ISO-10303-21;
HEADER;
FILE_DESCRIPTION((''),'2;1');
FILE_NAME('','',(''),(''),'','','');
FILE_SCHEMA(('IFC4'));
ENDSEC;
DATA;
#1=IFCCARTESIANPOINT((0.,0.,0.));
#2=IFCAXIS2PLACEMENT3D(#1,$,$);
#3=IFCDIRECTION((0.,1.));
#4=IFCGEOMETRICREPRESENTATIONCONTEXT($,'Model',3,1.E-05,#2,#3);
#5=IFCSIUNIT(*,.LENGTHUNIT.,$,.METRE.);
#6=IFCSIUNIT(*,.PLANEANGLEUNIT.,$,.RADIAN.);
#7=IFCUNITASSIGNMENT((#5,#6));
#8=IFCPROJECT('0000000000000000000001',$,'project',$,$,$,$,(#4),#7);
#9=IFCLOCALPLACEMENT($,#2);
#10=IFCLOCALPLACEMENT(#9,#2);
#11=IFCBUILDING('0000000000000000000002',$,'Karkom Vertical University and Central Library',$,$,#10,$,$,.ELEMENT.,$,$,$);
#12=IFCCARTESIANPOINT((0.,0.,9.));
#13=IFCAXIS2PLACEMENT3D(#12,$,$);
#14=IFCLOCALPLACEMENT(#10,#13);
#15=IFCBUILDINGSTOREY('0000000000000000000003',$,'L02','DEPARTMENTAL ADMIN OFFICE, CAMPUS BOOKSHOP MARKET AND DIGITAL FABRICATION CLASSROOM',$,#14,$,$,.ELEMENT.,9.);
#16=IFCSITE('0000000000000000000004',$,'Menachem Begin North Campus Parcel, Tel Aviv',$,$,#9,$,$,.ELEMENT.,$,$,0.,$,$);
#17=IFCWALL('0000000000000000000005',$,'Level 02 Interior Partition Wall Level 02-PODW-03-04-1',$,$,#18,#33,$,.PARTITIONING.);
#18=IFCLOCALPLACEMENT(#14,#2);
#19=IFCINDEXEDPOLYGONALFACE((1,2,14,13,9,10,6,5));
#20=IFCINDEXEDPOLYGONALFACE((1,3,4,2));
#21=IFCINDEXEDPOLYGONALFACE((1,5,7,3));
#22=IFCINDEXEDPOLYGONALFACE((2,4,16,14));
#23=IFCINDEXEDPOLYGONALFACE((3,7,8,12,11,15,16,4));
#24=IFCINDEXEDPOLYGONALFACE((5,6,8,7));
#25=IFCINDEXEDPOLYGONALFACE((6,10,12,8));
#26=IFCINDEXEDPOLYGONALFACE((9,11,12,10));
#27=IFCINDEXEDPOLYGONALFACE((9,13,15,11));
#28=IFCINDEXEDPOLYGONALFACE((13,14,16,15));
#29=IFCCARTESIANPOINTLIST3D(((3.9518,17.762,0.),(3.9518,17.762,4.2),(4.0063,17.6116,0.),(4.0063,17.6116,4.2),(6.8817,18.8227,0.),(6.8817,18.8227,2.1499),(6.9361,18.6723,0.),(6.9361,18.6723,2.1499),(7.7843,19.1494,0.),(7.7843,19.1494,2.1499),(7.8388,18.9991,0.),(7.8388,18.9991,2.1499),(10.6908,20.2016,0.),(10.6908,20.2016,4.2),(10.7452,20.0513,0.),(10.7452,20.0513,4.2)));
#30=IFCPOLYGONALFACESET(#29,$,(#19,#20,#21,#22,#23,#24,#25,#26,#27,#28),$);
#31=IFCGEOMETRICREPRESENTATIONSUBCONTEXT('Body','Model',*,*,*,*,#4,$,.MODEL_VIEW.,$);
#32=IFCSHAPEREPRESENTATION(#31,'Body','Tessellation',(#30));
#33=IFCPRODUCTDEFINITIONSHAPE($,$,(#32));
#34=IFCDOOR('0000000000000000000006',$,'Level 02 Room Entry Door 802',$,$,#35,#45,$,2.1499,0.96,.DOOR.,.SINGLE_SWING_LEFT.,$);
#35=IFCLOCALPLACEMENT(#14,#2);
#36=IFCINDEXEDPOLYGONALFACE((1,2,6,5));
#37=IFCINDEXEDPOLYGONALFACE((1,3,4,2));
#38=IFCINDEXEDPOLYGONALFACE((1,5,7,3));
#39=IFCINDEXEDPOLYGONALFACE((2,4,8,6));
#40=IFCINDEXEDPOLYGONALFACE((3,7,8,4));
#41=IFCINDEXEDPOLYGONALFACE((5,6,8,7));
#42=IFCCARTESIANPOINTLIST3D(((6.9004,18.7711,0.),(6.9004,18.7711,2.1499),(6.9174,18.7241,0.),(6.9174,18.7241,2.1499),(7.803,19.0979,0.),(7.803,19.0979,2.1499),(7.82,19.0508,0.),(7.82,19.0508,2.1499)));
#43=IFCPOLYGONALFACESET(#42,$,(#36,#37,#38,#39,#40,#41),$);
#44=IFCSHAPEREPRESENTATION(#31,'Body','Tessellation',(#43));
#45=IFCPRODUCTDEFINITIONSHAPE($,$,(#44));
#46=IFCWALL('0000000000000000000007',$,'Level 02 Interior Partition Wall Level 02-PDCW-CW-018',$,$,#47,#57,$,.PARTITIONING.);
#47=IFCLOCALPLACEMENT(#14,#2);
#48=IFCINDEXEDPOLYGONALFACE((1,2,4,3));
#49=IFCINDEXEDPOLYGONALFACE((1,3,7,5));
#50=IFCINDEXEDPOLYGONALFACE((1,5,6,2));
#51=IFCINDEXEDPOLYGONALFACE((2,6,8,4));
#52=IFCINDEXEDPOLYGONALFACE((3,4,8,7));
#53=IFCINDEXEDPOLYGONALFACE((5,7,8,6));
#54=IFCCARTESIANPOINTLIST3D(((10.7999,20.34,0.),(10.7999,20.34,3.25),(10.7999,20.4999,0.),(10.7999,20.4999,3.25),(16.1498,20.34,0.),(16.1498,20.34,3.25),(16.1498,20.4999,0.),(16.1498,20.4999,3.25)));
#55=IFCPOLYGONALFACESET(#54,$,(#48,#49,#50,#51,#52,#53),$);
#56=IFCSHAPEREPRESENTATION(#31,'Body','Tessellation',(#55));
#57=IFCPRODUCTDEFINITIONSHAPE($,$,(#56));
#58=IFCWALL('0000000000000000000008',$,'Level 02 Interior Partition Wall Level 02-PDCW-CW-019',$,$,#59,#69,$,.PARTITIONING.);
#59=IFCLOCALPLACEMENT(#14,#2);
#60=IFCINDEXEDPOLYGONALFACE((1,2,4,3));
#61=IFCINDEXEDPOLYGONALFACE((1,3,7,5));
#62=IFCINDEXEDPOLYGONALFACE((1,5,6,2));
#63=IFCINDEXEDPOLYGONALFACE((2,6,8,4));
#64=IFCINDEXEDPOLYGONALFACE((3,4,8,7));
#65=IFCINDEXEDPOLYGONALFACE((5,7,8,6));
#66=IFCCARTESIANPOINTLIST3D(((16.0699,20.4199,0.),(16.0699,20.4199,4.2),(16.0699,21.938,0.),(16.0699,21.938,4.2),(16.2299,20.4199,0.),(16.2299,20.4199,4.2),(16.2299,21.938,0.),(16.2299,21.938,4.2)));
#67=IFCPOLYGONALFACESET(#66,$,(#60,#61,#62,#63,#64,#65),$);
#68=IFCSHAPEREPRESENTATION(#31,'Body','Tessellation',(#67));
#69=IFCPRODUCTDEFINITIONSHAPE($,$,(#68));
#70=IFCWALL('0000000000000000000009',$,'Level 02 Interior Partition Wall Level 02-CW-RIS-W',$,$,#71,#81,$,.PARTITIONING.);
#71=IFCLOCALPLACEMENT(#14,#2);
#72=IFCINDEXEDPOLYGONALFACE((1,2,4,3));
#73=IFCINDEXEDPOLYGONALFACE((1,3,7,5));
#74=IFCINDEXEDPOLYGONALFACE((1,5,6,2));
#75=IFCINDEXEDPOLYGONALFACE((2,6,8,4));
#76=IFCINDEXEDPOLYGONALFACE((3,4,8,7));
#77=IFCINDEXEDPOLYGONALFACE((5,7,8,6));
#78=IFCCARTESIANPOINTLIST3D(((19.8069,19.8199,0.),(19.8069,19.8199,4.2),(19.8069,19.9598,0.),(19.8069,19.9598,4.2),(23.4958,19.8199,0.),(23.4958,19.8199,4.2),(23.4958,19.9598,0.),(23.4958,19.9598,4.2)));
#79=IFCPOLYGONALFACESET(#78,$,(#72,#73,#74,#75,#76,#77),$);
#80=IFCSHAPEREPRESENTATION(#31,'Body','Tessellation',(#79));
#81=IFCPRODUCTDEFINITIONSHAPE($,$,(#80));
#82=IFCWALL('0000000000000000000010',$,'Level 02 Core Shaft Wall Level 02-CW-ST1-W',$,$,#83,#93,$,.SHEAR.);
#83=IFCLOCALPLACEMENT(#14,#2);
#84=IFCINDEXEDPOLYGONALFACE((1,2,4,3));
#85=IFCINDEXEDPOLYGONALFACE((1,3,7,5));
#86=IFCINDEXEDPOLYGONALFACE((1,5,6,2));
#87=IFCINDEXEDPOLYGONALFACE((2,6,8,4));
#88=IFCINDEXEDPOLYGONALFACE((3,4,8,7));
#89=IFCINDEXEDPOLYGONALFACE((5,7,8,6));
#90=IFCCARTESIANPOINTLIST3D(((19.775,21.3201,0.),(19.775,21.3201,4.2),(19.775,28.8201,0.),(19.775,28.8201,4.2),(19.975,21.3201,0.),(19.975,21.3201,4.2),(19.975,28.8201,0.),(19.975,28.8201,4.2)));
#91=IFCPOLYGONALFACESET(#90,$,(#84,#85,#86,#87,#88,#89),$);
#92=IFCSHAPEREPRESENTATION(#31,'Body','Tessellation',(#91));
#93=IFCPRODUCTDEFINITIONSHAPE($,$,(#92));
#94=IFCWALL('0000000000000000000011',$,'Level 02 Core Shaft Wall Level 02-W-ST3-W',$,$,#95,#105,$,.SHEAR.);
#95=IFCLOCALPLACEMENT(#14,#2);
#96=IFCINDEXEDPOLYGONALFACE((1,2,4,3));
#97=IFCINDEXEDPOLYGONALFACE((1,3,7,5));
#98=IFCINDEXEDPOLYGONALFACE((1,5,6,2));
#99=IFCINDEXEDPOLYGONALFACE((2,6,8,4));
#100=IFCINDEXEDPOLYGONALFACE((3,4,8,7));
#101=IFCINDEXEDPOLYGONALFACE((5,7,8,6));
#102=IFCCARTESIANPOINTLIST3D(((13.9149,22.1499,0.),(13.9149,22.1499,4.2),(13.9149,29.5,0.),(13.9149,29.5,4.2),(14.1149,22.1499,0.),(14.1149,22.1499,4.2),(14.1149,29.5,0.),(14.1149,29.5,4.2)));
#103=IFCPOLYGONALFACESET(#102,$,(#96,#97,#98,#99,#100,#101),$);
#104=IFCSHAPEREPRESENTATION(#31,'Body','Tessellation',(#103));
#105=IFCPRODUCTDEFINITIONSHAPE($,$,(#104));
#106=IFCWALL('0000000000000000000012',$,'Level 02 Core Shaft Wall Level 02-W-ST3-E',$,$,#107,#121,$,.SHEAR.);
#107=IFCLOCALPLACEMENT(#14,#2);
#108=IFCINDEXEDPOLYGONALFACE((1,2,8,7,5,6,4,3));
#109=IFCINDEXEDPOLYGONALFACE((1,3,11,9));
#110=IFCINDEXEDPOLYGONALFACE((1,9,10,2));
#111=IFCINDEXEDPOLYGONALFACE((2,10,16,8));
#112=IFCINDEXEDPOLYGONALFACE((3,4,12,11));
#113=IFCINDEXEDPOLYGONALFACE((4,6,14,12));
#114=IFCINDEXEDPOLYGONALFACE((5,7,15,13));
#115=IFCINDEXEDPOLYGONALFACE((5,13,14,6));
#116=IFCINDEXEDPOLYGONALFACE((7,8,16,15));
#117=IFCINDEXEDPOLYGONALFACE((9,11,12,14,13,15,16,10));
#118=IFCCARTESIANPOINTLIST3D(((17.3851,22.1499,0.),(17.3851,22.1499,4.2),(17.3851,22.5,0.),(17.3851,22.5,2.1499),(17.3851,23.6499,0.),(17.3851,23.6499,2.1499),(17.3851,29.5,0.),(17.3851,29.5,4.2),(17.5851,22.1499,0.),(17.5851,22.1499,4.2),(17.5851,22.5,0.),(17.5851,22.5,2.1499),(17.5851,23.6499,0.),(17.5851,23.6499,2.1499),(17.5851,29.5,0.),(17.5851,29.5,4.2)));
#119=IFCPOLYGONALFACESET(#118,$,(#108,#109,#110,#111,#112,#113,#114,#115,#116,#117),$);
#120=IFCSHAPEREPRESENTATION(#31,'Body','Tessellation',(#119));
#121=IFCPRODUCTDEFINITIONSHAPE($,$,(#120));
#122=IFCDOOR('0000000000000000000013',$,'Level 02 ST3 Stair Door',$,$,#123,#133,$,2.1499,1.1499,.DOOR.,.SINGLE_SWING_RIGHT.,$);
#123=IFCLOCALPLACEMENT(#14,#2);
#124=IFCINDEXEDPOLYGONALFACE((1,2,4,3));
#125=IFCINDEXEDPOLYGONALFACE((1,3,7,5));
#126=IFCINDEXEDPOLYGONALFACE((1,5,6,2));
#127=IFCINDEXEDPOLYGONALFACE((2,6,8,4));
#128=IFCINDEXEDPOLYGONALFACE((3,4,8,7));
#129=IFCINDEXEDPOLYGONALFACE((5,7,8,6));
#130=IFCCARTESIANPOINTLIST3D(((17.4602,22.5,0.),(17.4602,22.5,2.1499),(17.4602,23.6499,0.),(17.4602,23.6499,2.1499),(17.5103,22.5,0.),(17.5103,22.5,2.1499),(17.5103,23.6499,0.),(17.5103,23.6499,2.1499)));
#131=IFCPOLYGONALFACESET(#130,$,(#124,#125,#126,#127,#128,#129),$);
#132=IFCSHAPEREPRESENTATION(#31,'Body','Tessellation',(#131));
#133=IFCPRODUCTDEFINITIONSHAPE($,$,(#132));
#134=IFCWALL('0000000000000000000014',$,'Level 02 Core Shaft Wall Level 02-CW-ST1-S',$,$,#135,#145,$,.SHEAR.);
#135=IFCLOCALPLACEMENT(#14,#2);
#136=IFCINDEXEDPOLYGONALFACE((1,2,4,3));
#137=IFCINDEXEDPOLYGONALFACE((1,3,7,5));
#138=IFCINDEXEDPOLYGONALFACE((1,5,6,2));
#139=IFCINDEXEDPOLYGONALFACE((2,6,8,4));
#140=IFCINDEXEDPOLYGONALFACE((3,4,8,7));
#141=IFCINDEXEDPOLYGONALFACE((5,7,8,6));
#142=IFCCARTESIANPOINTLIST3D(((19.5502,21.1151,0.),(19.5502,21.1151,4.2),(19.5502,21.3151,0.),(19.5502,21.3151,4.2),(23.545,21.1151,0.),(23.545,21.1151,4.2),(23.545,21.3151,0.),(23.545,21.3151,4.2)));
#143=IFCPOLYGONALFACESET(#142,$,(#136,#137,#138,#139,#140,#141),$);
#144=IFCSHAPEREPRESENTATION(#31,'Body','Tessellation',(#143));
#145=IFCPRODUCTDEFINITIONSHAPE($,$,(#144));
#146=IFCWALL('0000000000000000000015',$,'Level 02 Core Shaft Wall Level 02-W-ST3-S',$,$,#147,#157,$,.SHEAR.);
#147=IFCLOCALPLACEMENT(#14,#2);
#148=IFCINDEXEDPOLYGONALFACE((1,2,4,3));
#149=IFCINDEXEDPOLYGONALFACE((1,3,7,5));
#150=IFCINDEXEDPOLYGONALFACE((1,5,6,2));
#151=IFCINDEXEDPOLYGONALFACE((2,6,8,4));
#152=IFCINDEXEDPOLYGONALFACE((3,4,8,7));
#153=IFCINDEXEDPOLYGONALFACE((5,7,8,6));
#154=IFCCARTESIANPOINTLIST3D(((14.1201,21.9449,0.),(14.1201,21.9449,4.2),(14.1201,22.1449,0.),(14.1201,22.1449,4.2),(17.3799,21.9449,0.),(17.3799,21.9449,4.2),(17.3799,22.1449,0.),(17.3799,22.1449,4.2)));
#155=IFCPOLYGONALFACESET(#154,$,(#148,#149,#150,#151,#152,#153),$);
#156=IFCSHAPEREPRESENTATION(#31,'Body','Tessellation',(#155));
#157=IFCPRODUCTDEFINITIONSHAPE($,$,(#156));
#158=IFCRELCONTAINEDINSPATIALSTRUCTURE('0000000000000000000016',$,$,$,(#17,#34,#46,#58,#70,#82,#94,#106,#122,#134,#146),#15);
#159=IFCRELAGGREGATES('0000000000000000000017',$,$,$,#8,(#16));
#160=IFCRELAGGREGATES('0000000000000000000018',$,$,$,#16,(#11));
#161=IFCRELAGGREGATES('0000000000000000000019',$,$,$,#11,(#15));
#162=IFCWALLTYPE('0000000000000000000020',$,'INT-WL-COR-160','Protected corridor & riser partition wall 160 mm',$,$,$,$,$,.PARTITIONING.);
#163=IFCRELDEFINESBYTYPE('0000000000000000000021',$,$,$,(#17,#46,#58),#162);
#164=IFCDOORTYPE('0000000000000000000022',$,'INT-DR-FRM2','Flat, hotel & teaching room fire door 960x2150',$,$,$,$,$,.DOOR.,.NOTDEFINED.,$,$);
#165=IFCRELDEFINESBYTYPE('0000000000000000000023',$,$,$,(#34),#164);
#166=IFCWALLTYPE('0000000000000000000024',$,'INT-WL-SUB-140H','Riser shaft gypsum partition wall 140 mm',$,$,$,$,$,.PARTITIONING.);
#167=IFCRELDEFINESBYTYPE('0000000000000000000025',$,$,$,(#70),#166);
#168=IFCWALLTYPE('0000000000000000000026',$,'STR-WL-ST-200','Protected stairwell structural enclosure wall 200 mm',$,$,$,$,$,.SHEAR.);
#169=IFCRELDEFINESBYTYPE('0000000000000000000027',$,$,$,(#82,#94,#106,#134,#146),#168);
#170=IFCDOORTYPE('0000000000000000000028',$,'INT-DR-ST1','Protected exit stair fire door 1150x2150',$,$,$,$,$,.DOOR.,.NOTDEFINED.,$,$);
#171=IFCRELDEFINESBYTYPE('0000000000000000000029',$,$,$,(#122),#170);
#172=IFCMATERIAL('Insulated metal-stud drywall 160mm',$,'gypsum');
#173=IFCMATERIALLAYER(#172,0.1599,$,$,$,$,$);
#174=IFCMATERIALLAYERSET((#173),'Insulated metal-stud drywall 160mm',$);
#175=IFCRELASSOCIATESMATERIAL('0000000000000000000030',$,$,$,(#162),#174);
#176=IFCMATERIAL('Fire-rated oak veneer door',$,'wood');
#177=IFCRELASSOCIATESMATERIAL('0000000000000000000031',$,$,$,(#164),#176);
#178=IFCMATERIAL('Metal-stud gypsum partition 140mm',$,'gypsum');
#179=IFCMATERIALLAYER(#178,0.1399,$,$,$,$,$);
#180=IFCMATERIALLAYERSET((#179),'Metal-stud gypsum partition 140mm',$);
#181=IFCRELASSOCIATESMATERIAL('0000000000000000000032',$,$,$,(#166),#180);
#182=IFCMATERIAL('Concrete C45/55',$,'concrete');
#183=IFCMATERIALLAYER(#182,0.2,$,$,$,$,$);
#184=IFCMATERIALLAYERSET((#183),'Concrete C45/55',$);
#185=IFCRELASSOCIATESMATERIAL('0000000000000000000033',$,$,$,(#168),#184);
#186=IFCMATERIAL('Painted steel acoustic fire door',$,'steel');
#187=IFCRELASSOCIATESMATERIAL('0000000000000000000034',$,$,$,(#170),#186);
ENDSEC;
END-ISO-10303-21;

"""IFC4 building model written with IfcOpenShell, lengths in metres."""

from ifc_helpers import new_model, si_unit, direction, frame, frame_2d, origin, origin_with_axes, place, context, subcontext, project, spatial, rectangle, extrude, source, transform, mapped, material, layer, layer_set, type_object, element, fill, save


model = new_model("IFC4")

# Units and contexts
model_context = context("Model", 3, precision=1e-05, world=origin(), true_north=direction((0.0, 1.0)))
body_context = subcontext(model_context, "Body", "Model", "MODEL_VIEW")
ifc_project = project(units=[si_unit("LENGTHUNIT", "METRE"), si_unit("PLANEANGLEUNIT", "RADIAN")], contexts=[model_context])

# Site, building, storey
site_placement = place(None, origin())
site = spatial("IfcSite", under=ifc_project, at=site_placement, Name="Menachem Begin North Campus Parcel, Tel Aviv", CompositionType="ELEMENT", RefElevation=0.0)
building_placement = place(site_placement, origin())
building = spatial("IfcBuilding", under=site, at=building_placement, Name="Karkom Vertical University and Central Library", CompositionType="ELEMENT")
storey_placement = place(building_placement, frame((0.0, 0.0, 9.0)))
storey = spatial("IfcBuildingStorey", under=building, at=storey_placement, Name="L02", Description="DEPARTMENTAL ADMIN OFFICE, CAMPUS BOOKSHOP MARKET AND DIGITAL FABRICATION CLASSROOM", CompositionType="ELEMENT", Elevation=9.0)

# Wall, opening, door
ifc_material_1 = material(Name="Insulated metal-stud drywall 160mm", Category="gypsum")
ifc_layer_1 = layer(ifc_material_1, 0.1599)
ifc_layer_set_1 = layer_set([ifc_layer_1], Name="Insulated metal-stud drywall 160mm")
wall_type_1 = type_object("IfcWallType", Name="INT-WL-COR-160", Description="Protected corridor & riser partition wall 160 mm", PredefinedType="PARTITIONING", material=ifc_layer_set_1)
wall_1_placement = place(storey_placement, frame((10.718, 20.1265, 0.0), z_axis=(0.0, 0.0, 1.0), x_axis=(-0.940279, -0.340405, 0.0)))
wall_1 = element("IfcWall", 1, at=wall_1_placement, inside=storey, type_object=wall_type_1, Name="Level 02 Interior Partition Wall Level 02-PODW-03-04-1", PredefinedType="PARTITIONING", context=body_context, shape_type="SweptSolid", body=[
    extrude(rectangle(XDim=7.167, YDim=0.1599, at=frame_2d((3.5835, 0.0))), origin(), (0.0, 0.0, 1.0), 4.2),
])
opening_1_placement = place(wall_1_placement, frame((3.0911, 0.0, 0.0)))
opening_1 = element("IfcOpeningElement", 2, at=opening_1_placement, cuts=wall_1, PredefinedType="OPENING", context=body_context, shape_type="SweptSolid", body=[
    extrude(rectangle(XDim=0.96, YDim=2.1499, at=frame_2d((0.48, 1.075))), frame((0.0, 0.0898, 0.0), z_axis=(0.0, -1.0, 0.0), x_axis=(1.0, 0.0, 0.0)), (0.0, 0.0, 1.0), 0.1799),
])
ifc_material_2 = material(Name="Fire-rated oak veneer door", Category="wood")
door_type_1 = type_object("IfcDoorType", Name="INT-DR-FRM2", Description="Flat, hotel & teaching room fire door 960x2150", OperationType="NOTDEFINED", PredefinedType="DOOR", material=ifc_material_2)
shared_shape_1 = source(origin_with_axes(), body_context, "Body", "SweptSolid", [
    extrude(rectangle(XDim=0.96, YDim=2.1499, at=frame_2d((0.48, 1.075))), frame((0.0, 0.0249, 0.0), z_axis=(0.0, -1.0, 0.0), x_axis=(1.0, 0.0, 0.0)), (0.0, 0.0, 1.0), 0.05),
])
door_1_placement = place(opening_1_placement, origin())
door_1 = element("IfcDoor", 3, at=door_1_placement, inside=storey, type_object=door_type_1, Name="Level 02 Room Entry Door 802", OperationType="SINGLE_SWING_LEFT", OverallHeight=2.1499, OverallWidth=0.96, PredefinedType="DOOR", context=body_context, shape_type="MappedRepresentation", body=[
    mapped(shared_shape_1, transform((0.0, 0.0, 0.0), scale=1.0)),
])
fill(opening_1, door_1)

# Walls
wall_2_placement = place(storey_placement, frame((10.8, 20.4199, 0.0), z_axis=(0.0, 0.0, 1.0), x_axis=(1.0, 0.0, 0.0)))
element("IfcWall", 4, at=wall_2_placement, inside=storey, type_object=wall_type_1, Name="Level 02 Interior Partition Wall Level 02-PDCW-CW-018", PredefinedType="PARTITIONING", context=body_context, shape_type="SweptSolid", body=[
    extrude(rectangle(XDim=5.3499, YDim=0.1599, at=frame_2d((2.6748, 0.0))), origin(), (0.0, 0.0, 1.0), 3.25),
])
wall_3_placement = place(storey_placement, frame((16.1499, 20.4199, 0.0), z_axis=(0.0, 0.0, 1.0), x_axis=(0.0, 1.0, 0.0)))
element("IfcWall", 5, at=wall_3_placement, inside=storey, type_object=wall_type_1, Name="Level 02 Interior Partition Wall Level 02-PDCW-CW-019", PredefinedType="PARTITIONING", context=body_context, shape_type="SweptSolid", body=[
    extrude(rectangle(XDim=1.5181, YDim=0.1599, at=frame_2d((0.759, 0.0))), origin(), (0.0, 0.0, 1.0), 4.2),
])
ifc_material_3 = material(Name="Metal-stud gypsum partition 140mm", Category="gypsum")
ifc_layer_2 = layer(ifc_material_3, 0.1399)
ifc_layer_set_2 = layer_set([ifc_layer_2], Name="Metal-stud gypsum partition 140mm")
wall_type_2 = type_object("IfcWallType", Name="INT-WL-SUB-140H", Description="Riser shaft gypsum partition wall 140 mm", PredefinedType="PARTITIONING", material=ifc_layer_set_2)
wall_4_placement = place(storey_placement, frame((19.8069, 19.8899, 0.0), z_axis=(0.0, 0.0, 1.0), x_axis=(1.0, 0.0, 0.0)))
element("IfcWall", 6, at=wall_4_placement, inside=storey, type_object=wall_type_2, Name="Level 02 Interior Partition Wall Level 02-CW-RIS-W", PredefinedType="PARTITIONING", context=body_context, shape_type="SweptSolid", body=[
    extrude(rectangle(XDim=3.689, YDim=0.1399, at=frame_2d((1.8445, 0.0))), origin(), (0.0, 0.0, 1.0), 4.2),
])
ifc_material_4 = material(Name="Concrete C45/55", Category="concrete")
ifc_layer_3 = layer(ifc_material_4, 0.2)
ifc_layer_set_3 = layer_set([ifc_layer_3], Name="Concrete C45/55")
wall_type_3 = type_object("IfcWallType", Name="STR-WL-ST-200", Description="Protected stairwell structural enclosure wall 200 mm", PredefinedType="SHEAR", material=ifc_layer_set_3)
wall_5_placement = place(storey_placement, frame((19.875, 21.3201, 0.0), z_axis=(0.0, 0.0, 1.0), x_axis=(0.0, 1.0, 0.0)))
element("IfcWall", 7, at=wall_5_placement, inside=storey, type_object=wall_type_3, Name="Level 02 Core Shaft Wall Level 02-CW-ST1-W", PredefinedType="SHEAR", context=body_context, shape_type="SweptSolid", body=[
    extrude(rectangle(XDim=7.5, YDim=0.2, at=frame_2d((3.75, 0.0))), origin(), (0.0, 0.0, 1.0), 4.2),
])
wall_6_placement = place(storey_placement, frame((14.0149, 22.1499, 0.0), z_axis=(0.0, 0.0, 1.0), x_axis=(0.0, 1.0, 0.0)))
element("IfcWall", 8, at=wall_6_placement, inside=storey, type_object=wall_type_3, Name="Level 02 Core Shaft Wall Level 02-W-ST3-W", PredefinedType="SHEAR", context=body_context, shape_type="SweptSolid", body=[
    extrude(rectangle(XDim=7.3501, YDim=0.2, at=frame_2d((3.675, 0.0))), origin(), (0.0, 0.0, 1.0), 4.2),
])

# Wall, opening, door
wall_7_placement = place(storey_placement, frame((17.4851, 22.1499, 0.0), z_axis=(0.0, 0.0, 1.0), x_axis=(0.0, 1.0, 0.0)))
wall_7 = element("IfcWall", 9, at=wall_7_placement, inside=storey, type_object=wall_type_3, Name="Level 02 Core Shaft Wall Level 02-W-ST3-E", PredefinedType="SHEAR", context=body_context, shape_type="SweptSolid", body=[
    extrude(rectangle(XDim=7.3501, YDim=0.2, at=frame_2d((3.675, 0.0))), origin(), (0.0, 0.0, 1.0), 4.2),
])
opening_2_placement = place(wall_7_placement, frame((0.3501, 0.0, 0.0)))
opening_2 = element("IfcOpeningElement", 10, at=opening_2_placement, cuts=wall_7, PredefinedType="OPENING", context=body_context, shape_type="SweptSolid", body=[
    extrude(rectangle(XDim=1.1499, YDim=2.1499, at=frame_2d((0.575, 1.075))), frame((0.0, 0.1099, 0.0), z_axis=(0.0, -1.0, 0.0), x_axis=(1.0, 0.0, 0.0)), (0.0, 0.0, 1.0), 0.22),
])
ifc_material_5 = material(Name="Painted steel acoustic fire door", Category="steel")
door_type_2 = type_object("IfcDoorType", Name="INT-DR-ST1", Description="Protected exit stair fire door 1150x2150", OperationType="NOTDEFINED", PredefinedType="DOOR", material=ifc_material_5)
shared_shape_2 = source(origin_with_axes(), body_context, "Body", "SweptSolid", [
    extrude(rectangle(XDim=1.1499, YDim=2.1499, at=frame_2d((0.575, 1.075))), frame((0.0, 0.0249, 0.0), z_axis=(0.0, -1.0, 0.0), x_axis=(1.0, 0.0, 0.0)), (0.0, 0.0, 1.0), 0.05),
])
door_2_placement = place(opening_2_placement, origin())
door_2 = element("IfcDoor", 11, at=door_2_placement, inside=storey, type_object=door_type_2, Name="Level 02 ST3 Stair Door", OperationType="SINGLE_SWING_RIGHT", OverallHeight=2.1499, OverallWidth=1.1499, PredefinedType="DOOR", context=body_context, shape_type="MappedRepresentation", body=[
    mapped(shared_shape_2, transform((0.0, 0.0, 0.0), scale=1.0)),
])
fill(opening_2, door_2)

# Walls
wall_8_placement = place(storey_placement, frame((19.55, 21.2151, 0.0), z_axis=(0.0, 0.0, 1.0), x_axis=(1.0, 0.0, 0.0)))
element("IfcWall", 12, at=wall_8_placement, inside=storey, type_object=wall_type_3, Name="Level 02 Core Shaft Wall Level 02-CW-ST1-S", PredefinedType="SHEAR", context=body_context, shape_type="SweptSolid", body=[
    extrude(rectangle(XDim=3.9949, YDim=0.2, at=frame_2d((1.9976, 0.0))), origin(), (0.0, 0.0, 1.0), 4.2),
])
wall_9_placement = place(storey_placement, frame((14.1201, 22.0449, 0.0), z_axis=(0.0, 0.0, 1.0), x_axis=(1.0, 0.0, 0.0)))
element("IfcWall", 13, at=wall_9_placement, inside=storey, type_object=wall_type_3, Name="Level 02 Core Shaft Wall Level 02-W-ST3-S", PredefinedType="SHEAR", context=body_context, shape_type="SweptSolid", body=[
    extrude(rectangle(XDim=3.2598, YDim=0.2, at=frame_2d((1.6299, 0.0))), origin(), (0.0, 0.0, 1.0), 4.2),
])

save(model, "model.ifc")
